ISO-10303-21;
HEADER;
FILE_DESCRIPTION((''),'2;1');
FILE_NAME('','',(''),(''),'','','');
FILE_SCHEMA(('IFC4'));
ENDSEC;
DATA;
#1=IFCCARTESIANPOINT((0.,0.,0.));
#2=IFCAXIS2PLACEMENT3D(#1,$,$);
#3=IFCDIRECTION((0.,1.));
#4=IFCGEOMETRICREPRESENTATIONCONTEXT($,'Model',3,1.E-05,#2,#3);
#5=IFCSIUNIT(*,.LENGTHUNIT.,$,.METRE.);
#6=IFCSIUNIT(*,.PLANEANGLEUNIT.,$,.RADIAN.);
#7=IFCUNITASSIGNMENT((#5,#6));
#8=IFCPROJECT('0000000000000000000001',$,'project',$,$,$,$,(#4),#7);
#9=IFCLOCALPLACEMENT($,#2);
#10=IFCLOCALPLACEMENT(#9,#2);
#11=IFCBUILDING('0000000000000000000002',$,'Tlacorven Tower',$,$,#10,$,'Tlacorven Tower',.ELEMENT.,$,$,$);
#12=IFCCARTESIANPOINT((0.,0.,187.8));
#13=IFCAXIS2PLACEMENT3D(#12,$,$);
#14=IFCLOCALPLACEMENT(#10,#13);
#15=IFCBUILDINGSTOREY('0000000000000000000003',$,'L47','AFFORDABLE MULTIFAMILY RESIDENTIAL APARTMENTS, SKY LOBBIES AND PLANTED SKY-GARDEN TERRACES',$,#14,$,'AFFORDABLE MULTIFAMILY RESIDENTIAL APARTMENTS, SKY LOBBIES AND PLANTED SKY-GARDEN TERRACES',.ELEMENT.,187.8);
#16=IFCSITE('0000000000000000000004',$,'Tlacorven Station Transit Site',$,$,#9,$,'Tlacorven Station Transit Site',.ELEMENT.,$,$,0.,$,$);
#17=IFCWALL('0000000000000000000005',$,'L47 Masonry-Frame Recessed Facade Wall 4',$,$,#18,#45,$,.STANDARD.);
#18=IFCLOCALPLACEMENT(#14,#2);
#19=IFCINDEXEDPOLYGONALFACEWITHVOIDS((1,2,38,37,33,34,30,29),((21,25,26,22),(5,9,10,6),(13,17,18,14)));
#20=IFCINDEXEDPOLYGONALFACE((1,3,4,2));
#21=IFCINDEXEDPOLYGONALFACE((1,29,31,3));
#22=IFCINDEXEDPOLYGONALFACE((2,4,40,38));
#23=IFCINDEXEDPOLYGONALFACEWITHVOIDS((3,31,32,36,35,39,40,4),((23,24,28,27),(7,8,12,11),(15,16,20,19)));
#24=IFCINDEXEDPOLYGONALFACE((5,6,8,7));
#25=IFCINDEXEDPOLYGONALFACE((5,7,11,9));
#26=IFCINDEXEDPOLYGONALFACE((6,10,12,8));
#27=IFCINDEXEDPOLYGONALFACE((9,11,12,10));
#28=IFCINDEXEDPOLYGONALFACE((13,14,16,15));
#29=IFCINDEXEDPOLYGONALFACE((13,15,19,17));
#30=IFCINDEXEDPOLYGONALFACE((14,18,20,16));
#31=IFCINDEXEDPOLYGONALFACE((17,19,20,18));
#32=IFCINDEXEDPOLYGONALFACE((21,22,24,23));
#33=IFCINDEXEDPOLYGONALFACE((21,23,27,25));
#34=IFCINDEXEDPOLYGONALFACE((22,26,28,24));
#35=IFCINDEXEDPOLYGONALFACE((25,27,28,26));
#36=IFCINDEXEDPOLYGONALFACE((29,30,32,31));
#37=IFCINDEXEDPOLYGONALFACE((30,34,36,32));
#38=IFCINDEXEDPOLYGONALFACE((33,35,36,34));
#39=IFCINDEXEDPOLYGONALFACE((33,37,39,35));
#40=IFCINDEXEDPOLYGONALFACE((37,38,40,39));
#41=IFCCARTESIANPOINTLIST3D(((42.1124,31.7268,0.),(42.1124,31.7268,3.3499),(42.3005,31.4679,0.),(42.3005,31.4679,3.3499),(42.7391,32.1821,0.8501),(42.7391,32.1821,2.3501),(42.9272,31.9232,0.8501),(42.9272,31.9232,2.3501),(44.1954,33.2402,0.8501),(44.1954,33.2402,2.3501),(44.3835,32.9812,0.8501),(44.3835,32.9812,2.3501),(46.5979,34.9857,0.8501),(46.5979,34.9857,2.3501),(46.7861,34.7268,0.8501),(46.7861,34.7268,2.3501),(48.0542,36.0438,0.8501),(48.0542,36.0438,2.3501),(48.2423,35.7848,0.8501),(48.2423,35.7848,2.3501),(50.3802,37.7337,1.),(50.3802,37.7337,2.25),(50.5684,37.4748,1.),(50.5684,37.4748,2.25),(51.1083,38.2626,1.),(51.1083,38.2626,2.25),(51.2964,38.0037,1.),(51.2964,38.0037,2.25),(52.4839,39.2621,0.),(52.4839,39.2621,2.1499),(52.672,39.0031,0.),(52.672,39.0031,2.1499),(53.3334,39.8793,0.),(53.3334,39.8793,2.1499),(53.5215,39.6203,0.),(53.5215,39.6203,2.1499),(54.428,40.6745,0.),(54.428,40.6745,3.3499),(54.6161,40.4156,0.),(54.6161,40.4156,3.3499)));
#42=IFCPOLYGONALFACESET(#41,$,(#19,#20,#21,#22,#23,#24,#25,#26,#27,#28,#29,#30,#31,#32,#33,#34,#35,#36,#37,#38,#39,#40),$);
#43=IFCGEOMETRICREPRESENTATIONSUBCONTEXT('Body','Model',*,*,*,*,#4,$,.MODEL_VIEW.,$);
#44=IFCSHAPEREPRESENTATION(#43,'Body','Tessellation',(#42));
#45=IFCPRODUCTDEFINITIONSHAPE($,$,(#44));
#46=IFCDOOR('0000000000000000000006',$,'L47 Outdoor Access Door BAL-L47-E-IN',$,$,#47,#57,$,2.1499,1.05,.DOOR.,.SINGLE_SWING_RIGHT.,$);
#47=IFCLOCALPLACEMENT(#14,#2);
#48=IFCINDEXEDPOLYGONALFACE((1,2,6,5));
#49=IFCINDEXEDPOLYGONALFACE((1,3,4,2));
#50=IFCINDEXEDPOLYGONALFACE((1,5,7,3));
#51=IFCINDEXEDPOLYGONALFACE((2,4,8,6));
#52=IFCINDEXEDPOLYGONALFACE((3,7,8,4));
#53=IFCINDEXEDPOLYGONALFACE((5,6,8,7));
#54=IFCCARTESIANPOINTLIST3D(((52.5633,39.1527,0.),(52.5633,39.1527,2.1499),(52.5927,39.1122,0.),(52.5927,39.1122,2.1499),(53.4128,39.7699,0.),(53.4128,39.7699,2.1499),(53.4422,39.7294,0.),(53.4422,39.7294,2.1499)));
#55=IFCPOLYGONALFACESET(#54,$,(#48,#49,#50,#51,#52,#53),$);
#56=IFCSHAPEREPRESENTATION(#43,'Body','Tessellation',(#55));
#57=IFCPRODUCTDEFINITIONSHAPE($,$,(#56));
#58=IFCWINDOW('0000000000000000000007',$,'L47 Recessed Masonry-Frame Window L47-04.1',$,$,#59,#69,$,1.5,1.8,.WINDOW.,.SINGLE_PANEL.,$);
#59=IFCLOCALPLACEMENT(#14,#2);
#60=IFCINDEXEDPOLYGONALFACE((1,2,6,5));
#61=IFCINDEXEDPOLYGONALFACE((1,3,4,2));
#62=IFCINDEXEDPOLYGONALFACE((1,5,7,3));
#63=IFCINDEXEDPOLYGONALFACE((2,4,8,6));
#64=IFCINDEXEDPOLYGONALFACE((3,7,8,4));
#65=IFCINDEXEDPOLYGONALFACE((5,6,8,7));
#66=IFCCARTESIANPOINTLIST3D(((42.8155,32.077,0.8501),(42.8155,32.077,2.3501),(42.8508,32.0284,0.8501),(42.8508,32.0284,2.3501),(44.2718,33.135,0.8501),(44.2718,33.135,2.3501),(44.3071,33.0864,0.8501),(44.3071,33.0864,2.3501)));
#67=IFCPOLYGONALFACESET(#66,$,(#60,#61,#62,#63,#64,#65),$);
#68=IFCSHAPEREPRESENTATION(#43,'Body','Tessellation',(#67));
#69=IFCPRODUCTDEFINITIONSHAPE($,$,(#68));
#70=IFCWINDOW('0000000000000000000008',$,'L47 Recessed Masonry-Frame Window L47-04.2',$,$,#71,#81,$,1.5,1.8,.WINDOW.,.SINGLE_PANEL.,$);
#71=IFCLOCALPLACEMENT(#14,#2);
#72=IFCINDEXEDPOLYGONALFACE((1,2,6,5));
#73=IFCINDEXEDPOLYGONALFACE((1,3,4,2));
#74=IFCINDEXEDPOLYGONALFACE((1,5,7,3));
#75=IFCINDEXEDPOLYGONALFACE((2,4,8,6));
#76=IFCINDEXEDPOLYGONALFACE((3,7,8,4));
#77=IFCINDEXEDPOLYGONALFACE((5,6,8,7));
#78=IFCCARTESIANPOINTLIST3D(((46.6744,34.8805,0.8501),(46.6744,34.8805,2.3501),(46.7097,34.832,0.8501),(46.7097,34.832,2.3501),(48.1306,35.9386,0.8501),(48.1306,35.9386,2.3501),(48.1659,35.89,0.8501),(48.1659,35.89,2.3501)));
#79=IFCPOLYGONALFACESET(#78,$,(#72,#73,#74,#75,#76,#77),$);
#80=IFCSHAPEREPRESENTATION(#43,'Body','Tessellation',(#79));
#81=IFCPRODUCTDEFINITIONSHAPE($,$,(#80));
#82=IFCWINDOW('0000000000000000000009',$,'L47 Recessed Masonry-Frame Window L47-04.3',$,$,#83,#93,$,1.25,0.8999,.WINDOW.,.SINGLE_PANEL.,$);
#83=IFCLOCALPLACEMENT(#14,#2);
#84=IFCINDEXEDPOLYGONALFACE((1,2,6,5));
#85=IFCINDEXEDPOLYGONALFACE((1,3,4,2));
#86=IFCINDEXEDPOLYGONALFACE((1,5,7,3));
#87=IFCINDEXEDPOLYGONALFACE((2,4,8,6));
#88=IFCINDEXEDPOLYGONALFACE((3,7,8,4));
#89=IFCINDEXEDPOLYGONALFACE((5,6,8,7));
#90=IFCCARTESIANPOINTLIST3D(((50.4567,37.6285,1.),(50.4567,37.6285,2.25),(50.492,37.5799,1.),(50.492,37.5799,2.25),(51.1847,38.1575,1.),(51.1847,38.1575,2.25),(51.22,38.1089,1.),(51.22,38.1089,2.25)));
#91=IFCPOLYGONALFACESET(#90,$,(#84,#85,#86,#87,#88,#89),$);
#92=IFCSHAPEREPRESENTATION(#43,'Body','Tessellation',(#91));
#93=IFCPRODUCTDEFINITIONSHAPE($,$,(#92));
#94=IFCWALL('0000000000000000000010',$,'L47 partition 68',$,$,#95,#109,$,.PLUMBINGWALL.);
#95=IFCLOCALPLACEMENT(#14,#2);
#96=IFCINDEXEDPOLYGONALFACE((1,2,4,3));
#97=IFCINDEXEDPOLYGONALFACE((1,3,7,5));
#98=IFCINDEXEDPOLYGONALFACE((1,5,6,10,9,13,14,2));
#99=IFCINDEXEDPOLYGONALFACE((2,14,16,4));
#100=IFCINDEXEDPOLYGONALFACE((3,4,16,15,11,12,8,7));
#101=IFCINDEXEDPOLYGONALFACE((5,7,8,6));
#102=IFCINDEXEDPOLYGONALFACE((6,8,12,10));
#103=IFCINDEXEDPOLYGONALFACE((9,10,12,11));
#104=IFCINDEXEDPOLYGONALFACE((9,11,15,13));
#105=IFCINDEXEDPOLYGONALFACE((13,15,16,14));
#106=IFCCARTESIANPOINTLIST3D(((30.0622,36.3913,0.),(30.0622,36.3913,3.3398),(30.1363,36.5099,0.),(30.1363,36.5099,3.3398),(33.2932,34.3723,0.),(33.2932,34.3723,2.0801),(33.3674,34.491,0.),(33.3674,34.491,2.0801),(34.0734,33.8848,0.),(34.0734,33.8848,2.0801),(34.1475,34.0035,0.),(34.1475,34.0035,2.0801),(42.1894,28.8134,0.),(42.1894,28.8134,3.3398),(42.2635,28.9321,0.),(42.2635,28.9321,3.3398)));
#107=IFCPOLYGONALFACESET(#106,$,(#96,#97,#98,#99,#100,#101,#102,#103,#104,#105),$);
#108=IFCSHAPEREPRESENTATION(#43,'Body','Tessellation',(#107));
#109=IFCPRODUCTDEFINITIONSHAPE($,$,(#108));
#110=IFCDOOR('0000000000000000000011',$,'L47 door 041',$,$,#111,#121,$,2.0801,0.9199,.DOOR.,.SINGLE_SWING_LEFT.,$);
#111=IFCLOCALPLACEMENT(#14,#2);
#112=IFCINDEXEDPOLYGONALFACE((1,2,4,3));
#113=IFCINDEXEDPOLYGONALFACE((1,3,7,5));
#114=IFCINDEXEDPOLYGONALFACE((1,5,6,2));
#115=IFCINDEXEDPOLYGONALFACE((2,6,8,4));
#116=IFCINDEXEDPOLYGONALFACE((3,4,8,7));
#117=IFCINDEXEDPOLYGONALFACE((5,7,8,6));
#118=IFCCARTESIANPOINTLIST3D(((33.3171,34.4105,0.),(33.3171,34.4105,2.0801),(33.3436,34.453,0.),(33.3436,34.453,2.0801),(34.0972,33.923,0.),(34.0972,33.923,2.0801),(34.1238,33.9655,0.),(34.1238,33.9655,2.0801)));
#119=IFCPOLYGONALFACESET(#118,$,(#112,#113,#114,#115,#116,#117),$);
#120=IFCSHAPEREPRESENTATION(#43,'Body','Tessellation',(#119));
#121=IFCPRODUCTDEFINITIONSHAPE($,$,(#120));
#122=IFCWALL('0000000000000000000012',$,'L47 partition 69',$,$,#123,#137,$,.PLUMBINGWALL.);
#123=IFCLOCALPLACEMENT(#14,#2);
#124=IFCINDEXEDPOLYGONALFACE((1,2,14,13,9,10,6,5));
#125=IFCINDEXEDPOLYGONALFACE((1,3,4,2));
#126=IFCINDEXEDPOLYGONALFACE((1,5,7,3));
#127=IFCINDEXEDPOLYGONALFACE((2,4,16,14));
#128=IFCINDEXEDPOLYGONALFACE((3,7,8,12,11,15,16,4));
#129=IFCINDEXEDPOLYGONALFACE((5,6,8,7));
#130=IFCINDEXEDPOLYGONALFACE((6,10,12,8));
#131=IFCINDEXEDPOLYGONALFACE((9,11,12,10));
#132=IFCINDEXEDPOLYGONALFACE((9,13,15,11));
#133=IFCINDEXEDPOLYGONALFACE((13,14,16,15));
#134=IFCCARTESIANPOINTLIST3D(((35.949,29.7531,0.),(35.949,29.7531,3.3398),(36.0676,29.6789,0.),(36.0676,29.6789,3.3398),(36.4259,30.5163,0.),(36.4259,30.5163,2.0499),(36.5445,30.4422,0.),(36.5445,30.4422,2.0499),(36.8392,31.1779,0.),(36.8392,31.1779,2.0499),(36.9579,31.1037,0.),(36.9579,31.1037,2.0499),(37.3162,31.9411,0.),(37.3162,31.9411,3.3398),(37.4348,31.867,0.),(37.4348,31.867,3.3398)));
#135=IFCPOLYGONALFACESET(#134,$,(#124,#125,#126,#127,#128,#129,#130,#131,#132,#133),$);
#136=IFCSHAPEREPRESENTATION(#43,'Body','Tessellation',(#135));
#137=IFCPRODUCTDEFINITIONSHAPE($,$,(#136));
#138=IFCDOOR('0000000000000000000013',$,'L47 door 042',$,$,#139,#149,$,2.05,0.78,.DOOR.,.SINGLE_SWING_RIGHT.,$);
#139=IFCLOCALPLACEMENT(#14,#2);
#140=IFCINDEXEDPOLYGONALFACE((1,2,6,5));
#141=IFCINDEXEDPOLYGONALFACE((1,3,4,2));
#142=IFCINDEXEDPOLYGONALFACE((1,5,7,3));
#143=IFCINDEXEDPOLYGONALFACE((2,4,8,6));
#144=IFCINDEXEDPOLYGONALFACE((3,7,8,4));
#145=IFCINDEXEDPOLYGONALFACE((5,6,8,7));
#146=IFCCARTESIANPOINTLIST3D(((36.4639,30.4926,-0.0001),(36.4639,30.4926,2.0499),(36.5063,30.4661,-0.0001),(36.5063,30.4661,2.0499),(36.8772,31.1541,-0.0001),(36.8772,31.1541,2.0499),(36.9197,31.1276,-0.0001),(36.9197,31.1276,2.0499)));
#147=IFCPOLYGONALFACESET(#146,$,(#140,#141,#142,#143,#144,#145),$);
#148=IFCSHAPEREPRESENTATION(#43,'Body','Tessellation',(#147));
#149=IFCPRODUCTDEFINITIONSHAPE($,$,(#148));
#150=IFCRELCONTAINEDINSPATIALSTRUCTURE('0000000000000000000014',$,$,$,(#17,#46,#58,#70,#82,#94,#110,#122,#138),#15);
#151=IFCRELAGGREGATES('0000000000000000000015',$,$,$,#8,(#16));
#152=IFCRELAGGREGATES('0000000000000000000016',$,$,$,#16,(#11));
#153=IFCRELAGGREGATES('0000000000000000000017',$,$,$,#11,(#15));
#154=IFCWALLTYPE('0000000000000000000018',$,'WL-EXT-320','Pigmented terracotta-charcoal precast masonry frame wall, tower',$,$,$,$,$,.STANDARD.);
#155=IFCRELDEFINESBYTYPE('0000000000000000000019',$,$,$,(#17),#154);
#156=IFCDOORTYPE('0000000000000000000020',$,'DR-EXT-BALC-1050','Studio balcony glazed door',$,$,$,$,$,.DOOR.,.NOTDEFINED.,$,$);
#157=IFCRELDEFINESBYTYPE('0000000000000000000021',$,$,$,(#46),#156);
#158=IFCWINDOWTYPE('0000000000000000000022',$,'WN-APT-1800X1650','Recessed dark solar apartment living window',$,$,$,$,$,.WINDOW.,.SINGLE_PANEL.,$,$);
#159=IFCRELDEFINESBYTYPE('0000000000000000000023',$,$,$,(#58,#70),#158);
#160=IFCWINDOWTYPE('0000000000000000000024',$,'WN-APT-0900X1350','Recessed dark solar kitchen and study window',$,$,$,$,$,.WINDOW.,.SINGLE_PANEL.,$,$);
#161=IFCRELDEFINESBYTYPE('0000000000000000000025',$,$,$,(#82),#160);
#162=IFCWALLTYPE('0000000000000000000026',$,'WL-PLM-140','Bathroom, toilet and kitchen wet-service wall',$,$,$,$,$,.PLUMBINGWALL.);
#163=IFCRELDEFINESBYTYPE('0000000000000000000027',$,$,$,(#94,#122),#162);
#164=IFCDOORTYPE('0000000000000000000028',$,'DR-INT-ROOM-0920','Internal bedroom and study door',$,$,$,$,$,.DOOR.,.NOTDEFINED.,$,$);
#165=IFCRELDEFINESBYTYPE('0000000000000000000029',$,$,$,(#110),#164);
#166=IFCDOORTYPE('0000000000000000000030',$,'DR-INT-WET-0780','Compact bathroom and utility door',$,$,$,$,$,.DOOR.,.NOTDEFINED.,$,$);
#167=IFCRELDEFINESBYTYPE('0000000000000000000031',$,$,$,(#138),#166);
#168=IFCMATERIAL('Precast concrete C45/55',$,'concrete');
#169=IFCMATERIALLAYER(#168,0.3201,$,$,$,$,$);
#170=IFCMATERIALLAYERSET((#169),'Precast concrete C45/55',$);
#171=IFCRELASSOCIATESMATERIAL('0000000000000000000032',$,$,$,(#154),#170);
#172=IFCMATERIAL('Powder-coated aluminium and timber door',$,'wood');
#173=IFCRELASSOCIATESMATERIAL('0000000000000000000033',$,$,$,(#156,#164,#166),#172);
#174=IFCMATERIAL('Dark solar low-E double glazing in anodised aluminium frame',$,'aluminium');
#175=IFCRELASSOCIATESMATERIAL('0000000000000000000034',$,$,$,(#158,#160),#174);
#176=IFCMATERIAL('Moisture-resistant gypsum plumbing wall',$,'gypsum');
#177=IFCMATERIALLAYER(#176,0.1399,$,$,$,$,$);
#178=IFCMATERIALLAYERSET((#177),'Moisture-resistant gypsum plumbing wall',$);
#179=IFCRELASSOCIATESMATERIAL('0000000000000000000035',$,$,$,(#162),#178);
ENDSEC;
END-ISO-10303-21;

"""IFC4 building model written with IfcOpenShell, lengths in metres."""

from ifc_helpers import new_model, si_unit, direction, frame, frame_2d, origin, place, context, subcontext, project, spatial, rectangle, extrude, source, transform, mapped, material, layer, layer_set, type_object, element, fill, save


model = new_model("IFC4")

# Units and contexts
model_context = context("Model", 3, precision=1e-05, world=origin(), true_north=direction((0.0, 1.0)))
body_context = subcontext(model_context, "Body", "Model", "MODEL_VIEW")
ifc_project = project(units=[si_unit("LENGTHUNIT", "METRE"), si_unit("PLANEANGLEUNIT", "RADIAN")], contexts=[model_context])

# Site, building, storey
site_placement = place(None, origin())
site = spatial("IfcSite", under=ifc_project, at=site_placement, Name="Tlacorven Station Transit Site", LongName="Tlacorven Station Transit Site", CompositionType="ELEMENT", RefElevation=0.0)
building_placement = place(site_placement, origin())
building = spatial("IfcBuilding", under=site, at=building_placement, Name="Tlacorven Tower", LongName="Tlacorven Tower", CompositionType="ELEMENT")
storey_placement = place(building_placement, frame((0.0, 0.0, 187.8)))
storey = spatial("IfcBuildingStorey", under=building, at=storey_placement, Name="L47", Description="AFFORDABLE MULTIFAMILY RESIDENTIAL APARTMENTS, SKY LOBBIES AND PLANTED SKY-GARDEN TERRACES", LongName="AFFORDABLE MULTIFAMILY RESIDENTIAL APARTMENTS, SKY LOBBIES AND PLANTED SKY-GARDEN TERRACES", CompositionType="ELEMENT", Elevation=187.8)

# Wall, openings, door, windows
ifc_material_1 = material(Name="Precast concrete C45/55", Category="concrete")
ifc_layer_1 = layer(ifc_material_1, 0.3201)
ifc_layer_set_1 = layer_set([ifc_layer_1], Name="Precast concrete C45/55")
wall_type_1 = type_object("IfcWallType", Name="WL-EXT-320", Description="Pigmented terracotta-charcoal precast masonry frame wall, tower", PredefinedType="STANDARD", material=ifc_layer_set_1)
wall_1_placement = place(storey_placement, frame((42.2065, 31.5974, 0.0), z_axis=(0.0, 0.0, 1.0), x_axis=(0.80902, 0.587781, 0.0)))
wall_1 = element("IfcWall", 1, at=wall_1_placement, inside=storey, type_object=wall_type_1, Name="L47 Masonry-Frame Recessed Facade Wall 4", PredefinedType="STANDARD", context=body_context, shape_type="SweptSolid", body=[
    extrude(rectangle(XDim=15.2229, YDim=0.3201, at=frame_2d((7.6113, 0.0))), origin(), (0.0, 0.0, 1.0), 3.3499),
])
opening_1_placement = place(wall_1_placement, frame((12.8198, 0.0, 0.0)))
opening_1 = element("IfcOpeningElement", 2, at=opening_1_placement, cuts=wall_1, PredefinedType="OPENING", context=body_context, shape_type="SweptSolid", body=[
    extrude(rectangle(XDim=1.05, YDim=2.1499, at=frame_2d((0.5249, 1.075))), frame((0.0, 0.1699, 0.0), z_axis=(0.0, -1.0, 0.0), x_axis=(1.0, 0.0, 0.0)), (0.0, 0.0, 1.0), 0.3401),
])
opening_2_placement = place(wall_1_placement, frame((0.7747, 0.0, 0.8501)))
opening_2 = element("IfcOpeningElement", 3, at=opening_2_placement, cuts=wall_1, PredefinedType="OPENING", context=body_context, shape_type="SweptSolid", body=[
    extrude(rectangle(XDim=1.8, YDim=1.5, at=frame_2d((0.8999, 0.75))), frame((0.0, 0.1699, 0.0), z_axis=(0.0, -1.0, 0.0), x_axis=(1.0, 0.0, 0.0)), (0.0, 0.0, 1.0), 0.3401),
])
opening_3_placement = place(wall_1_placement, frame((5.5444, 0.0, 0.8501)))
opening_3 = element("IfcOpeningElement", 4, at=opening_3_placement, cuts=wall_1, PredefinedType="OPENING", context=body_context, shape_type="SweptSolid", body=[
    extrude(rectangle(XDim=1.8, YDim=1.5, at=frame_2d((0.8999, 0.75))), frame((0.0, 0.1699, 0.0), z_axis=(0.0, -1.0, 0.0), x_axis=(1.0, 0.0, 0.0)), (0.0, 0.0, 1.0), 0.3401),
])
opening_4_placement = place(wall_1_placement, frame((10.2195, 0.0, 1.0)))
opening_4 = element("IfcOpeningElement", 5, at=opening_4_placement, cuts=wall_1, PredefinedType="OPENING", context=body_context, shape_type="SweptSolid", body=[
    extrude(rectangle(XDim=0.8999, YDim=1.25, at=frame_2d((0.45, 0.625))), frame((0.0, 0.1699, 0.0), z_axis=(0.0, -1.0, 0.0), x_axis=(1.0, 0.0, 0.0)), (0.0, 0.0, 1.0), 0.3401),
])
ifc_material_2 = material(Name="Powder-coated aluminium and timber door", Category="wood")
door_type_1 = type_object("IfcDoorType", Name="DR-EXT-BALC-1050", Description="Studio balcony glazed door", OperationType="NOTDEFINED", PredefinedType="DOOR", material=ifc_material_2)
shared_shape_1 = source(origin(), body_context, "Body", "SweptSolid", [
    extrude(rectangle(XDim=1.05, YDim=2.1499, at=frame_2d((0.5249, 1.075))), frame((0.0, 0.0249, 0.0), z_axis=(0.0, -1.0, 0.0), x_axis=(1.0, 0.0, 0.0)), (0.0, 0.0, 1.0), 0.05),
])
door_1_placement = place(opening_1_placement, origin())
door_1 = element("IfcDoor", 6, at=door_1_placement, inside=storey, type_object=door_type_1, Name="L47 Outdoor Access Door BAL-L47-E-IN", OperationType="SINGLE_SWING_RIGHT", OverallHeight=2.1499, OverallWidth=1.05, PredefinedType="DOOR", context=body_context, shape_type="MappedRepresentation", body=[
    mapped(shared_shape_1, transform((0.0, 0.0, 0.0), scale=1.0)),
])
fill(opening_1, door_1)
ifc_material_3 = material(Name="Dark solar low-E double glazing in anodised aluminium frame", Category="aluminium")
window_type_1 = type_object("IfcWindowType", Name="WN-APT-1800X1650", Description="Recessed dark solar apartment living window", PartitioningType="SINGLE_PANEL", PredefinedType="WINDOW", material=ifc_material_3)
shared_shape_2 = source(origin(), body_context, "Body", "SweptSolid", [
    extrude(rectangle(XDim=1.8, YDim=1.5, at=frame_2d((0.8999, 0.75))), frame((0.0, 0.03, 0.0), z_axis=(0.0, -1.0, 0.0), x_axis=(1.0, 0.0, 0.0)), (0.0, 0.0, 1.0), 0.0601),
])
window_1_placement = place(opening_2_placement, origin())
window_1 = element("IfcWindow", 7, at=window_1_placement, inside=storey, type_object=window_type_1, Name="L47 Recessed Masonry-Frame Window L47-04.1", OverallHeight=1.5, OverallWidth=1.8, PartitioningType="SINGLE_PANEL", PredefinedType="WINDOW", context=body_context, shape_type="MappedRepresentation", body=[
    mapped(shared_shape_2, transform((0.0, 0.0, 0.0), scale=1.0)),
])
fill(opening_2, window_1)
window_2_placement = place(opening_3_placement, origin())
window_2 = element("IfcWindow", 8, at=window_2_placement, inside=storey, type_object=window_type_1, Name="L47 Recessed Masonry-Frame Window L47-04.2", OverallHeight=1.5, OverallWidth=1.8, PartitioningType="SINGLE_PANEL", PredefinedType="WINDOW", context=body_context, shape_type="MappedRepresentation", body=[
    mapped(shared_shape_2, transform((0.0, 0.0, 0.0), scale=1.0)),
])
fill(opening_3, window_2)
window_type_2 = type_object("IfcWindowType", Name="WN-APT-0900X1350", Description="Recessed dark solar kitchen and study window", PartitioningType="SINGLE_PANEL", PredefinedType="WINDOW", material=ifc_material_3)
shared_shape_3 = source(origin(), body_context, "Body", "SweptSolid", [
    extrude(rectangle(XDim=0.8999, YDim=1.25, at=frame_2d((0.45, 0.625))), frame((0.0, 0.03, 0.0), z_axis=(0.0, -1.0, 0.0), x_axis=(1.0, 0.0, 0.0)), (0.0, 0.0, 1.0), 0.0601),
])
window_3_placement = place(opening_4_placement, origin())
window_3 = element("IfcWindow", 9, at=window_3_placement, inside=storey, type_object=window_type_2, Name="L47 Recessed Masonry-Frame Window L47-04.3", OverallHeight=1.25, OverallWidth=0.8999, PartitioningType="SINGLE_PANEL", PredefinedType="WINDOW", context=body_context, shape_type="MappedRepresentation", body=[
    mapped(shared_shape_3, transform((0.0, 0.0, 0.0), scale=1.0)),
])
fill(opening_4, window_3)

# Walls, openings, doors
ifc_material_4 = material(Name="Moisture-resistant gypsum plumbing wall", Category="gypsum")
ifc_layer_2 = layer(ifc_material_4, 0.1399)
ifc_layer_set_2 = layer_set([ifc_layer_2], Name="Moisture-resistant gypsum plumbing wall")
wall_type_2 = type_object("IfcWallType", Name="WL-PLM-140", Description="Bathroom, toilet and kitchen wet-service wall", PredefinedType="PLUMBINGWALL", material=ifc_layer_set_2)
wall_2_placement = place(storey_placement, frame((42.2263, 28.8728, 0.0), z_axis=(0.0, 0.0, 1.0), x_axis=(-0.848049, 0.529918, 0.0)))
wall_2 = element("IfcWall", 10, at=wall_2_placement, inside=storey, type_object=wall_type_2, Name="L47 partition 68", PredefinedType="PLUMBINGWALL", context=body_context, shape_type="SweptSolid", body=[
    extrude(rectangle(XDim=14.3, YDim=0.1399, at=frame_2d((7.1499, 0.0))), origin(), (0.0, 0.0, 1.0), 3.3398),
])
opening_5_placement = place(wall_2_placement, frame((9.5701, 0.0, 0.0)))
opening_5 = element("IfcOpeningElement", 11, at=opening_5_placement, cuts=wall_2, PredefinedType="OPENING", context=body_context, shape_type="SweptSolid", body=[
    extrude(rectangle(XDim=0.9199, YDim=2.0801, at=frame_2d((0.46, 1.04))), frame((0.0, 0.0801, 0.0), z_axis=(0.0, -1.0, 0.0), x_axis=(1.0, 0.0, 0.0)), (0.0, 0.0, 1.0), 0.1599),
])
door_type_2 = type_object("IfcDoorType", Name="DR-INT-ROOM-0920", Description="Internal bedroom and study door", OperationType="NOTDEFINED", PredefinedType="DOOR", material=ifc_material_2)
shared_shape_4 = source(origin(), body_context, "Body", "SweptSolid", [
    extrude(rectangle(XDim=0.9199, YDim=2.0801, at=frame_2d((0.46, 1.04))), frame((0.0, 0.0249, 0.0), z_axis=(0.0, -1.0, 0.0), x_axis=(1.0, 0.0, 0.0)), (0.0, 0.0, 1.0), 0.05),
])
door_2_placement = place(opening_5_placement, origin())
door_2 = element("IfcDoor", 12, at=door_2_placement, inside=storey, type_object=door_type_2, Name="L47 door 041", OperationType="SINGLE_SWING_LEFT", OverallHeight=2.0801, OverallWidth=0.9199, PredefinedType="DOOR", context=body_context, shape_type="MappedRepresentation", body=[
    mapped(shared_shape_4, transform((0.0, 0.0, 0.0), scale=1.0)),
])
fill(opening_5, door_2)
wall_3_placement = place(storey_placement, frame((37.3755, 31.9041, 0.0), z_axis=(0.0, 0.0, 1.0), x_axis=(-0.529914, -0.848051, 0.0)))
wall_3 = element("IfcWall", 13, at=wall_3_placement, inside=storey, type_object=wall_type_2, Name="L47 partition 69", PredefinedType="PLUMBINGWALL", context=body_context, shape_type="SweptSolid", body=[
    extrude(rectangle(XDim=2.5801, YDim=0.1399, at=frame_2d((1.29, 0.0))), origin(), (0.0, 0.0, 1.0), 3.3398),
])
opening_6_placement = place(wall_3_placement, frame((0.8999, 0.0, 0.0)))
opening_6 = element("IfcOpeningElement", 14, at=opening_6_placement, cuts=wall_3, PredefinedType="OPENING", context=body_context, shape_type="SweptSolid", body=[
    extrude(rectangle(XDim=0.78, YDim=2.05, at=frame_2d((0.3901, 1.0249))), frame((0.0, 0.0801, 0.0), z_axis=(0.0, -1.0, 0.0), x_axis=(1.0, 0.0, 0.0)), (0.0, 0.0, 1.0), 0.1599),
])
door_type_3 = type_object("IfcDoorType", Name="DR-INT-WET-0780", Description="Compact bathroom and utility door", OperationType="NOTDEFINED", PredefinedType="DOOR", material=ifc_material_2)
shared_shape_5 = source(origin(), body_context, "Body", "SweptSolid", [
    extrude(rectangle(XDim=0.78, YDim=2.05, at=frame_2d((0.3901, 1.0249))), frame((0.0, 0.0249, 0.0), z_axis=(0.0, -1.0, 0.0), x_axis=(1.0, 0.0, 0.0)), (0.0, 0.0, 1.0), 0.05),
])
door_3_placement = place(opening_6_placement, origin())
door_3 = element("IfcDoor", 15, at=door_3_placement, inside=storey, type_object=door_type_3, Name="L47 door 042", OperationType="SINGLE_SWING_RIGHT", OverallHeight=2.05, OverallWidth=0.78, PredefinedType="DOOR", context=body_context, shape_type="MappedRepresentation", body=[
    mapped(shared_shape_5, transform((0.0, 0.0, 0.0), scale=1.0)),
])
fill(opening_6, door_3)

save(model, "model.ifc")
